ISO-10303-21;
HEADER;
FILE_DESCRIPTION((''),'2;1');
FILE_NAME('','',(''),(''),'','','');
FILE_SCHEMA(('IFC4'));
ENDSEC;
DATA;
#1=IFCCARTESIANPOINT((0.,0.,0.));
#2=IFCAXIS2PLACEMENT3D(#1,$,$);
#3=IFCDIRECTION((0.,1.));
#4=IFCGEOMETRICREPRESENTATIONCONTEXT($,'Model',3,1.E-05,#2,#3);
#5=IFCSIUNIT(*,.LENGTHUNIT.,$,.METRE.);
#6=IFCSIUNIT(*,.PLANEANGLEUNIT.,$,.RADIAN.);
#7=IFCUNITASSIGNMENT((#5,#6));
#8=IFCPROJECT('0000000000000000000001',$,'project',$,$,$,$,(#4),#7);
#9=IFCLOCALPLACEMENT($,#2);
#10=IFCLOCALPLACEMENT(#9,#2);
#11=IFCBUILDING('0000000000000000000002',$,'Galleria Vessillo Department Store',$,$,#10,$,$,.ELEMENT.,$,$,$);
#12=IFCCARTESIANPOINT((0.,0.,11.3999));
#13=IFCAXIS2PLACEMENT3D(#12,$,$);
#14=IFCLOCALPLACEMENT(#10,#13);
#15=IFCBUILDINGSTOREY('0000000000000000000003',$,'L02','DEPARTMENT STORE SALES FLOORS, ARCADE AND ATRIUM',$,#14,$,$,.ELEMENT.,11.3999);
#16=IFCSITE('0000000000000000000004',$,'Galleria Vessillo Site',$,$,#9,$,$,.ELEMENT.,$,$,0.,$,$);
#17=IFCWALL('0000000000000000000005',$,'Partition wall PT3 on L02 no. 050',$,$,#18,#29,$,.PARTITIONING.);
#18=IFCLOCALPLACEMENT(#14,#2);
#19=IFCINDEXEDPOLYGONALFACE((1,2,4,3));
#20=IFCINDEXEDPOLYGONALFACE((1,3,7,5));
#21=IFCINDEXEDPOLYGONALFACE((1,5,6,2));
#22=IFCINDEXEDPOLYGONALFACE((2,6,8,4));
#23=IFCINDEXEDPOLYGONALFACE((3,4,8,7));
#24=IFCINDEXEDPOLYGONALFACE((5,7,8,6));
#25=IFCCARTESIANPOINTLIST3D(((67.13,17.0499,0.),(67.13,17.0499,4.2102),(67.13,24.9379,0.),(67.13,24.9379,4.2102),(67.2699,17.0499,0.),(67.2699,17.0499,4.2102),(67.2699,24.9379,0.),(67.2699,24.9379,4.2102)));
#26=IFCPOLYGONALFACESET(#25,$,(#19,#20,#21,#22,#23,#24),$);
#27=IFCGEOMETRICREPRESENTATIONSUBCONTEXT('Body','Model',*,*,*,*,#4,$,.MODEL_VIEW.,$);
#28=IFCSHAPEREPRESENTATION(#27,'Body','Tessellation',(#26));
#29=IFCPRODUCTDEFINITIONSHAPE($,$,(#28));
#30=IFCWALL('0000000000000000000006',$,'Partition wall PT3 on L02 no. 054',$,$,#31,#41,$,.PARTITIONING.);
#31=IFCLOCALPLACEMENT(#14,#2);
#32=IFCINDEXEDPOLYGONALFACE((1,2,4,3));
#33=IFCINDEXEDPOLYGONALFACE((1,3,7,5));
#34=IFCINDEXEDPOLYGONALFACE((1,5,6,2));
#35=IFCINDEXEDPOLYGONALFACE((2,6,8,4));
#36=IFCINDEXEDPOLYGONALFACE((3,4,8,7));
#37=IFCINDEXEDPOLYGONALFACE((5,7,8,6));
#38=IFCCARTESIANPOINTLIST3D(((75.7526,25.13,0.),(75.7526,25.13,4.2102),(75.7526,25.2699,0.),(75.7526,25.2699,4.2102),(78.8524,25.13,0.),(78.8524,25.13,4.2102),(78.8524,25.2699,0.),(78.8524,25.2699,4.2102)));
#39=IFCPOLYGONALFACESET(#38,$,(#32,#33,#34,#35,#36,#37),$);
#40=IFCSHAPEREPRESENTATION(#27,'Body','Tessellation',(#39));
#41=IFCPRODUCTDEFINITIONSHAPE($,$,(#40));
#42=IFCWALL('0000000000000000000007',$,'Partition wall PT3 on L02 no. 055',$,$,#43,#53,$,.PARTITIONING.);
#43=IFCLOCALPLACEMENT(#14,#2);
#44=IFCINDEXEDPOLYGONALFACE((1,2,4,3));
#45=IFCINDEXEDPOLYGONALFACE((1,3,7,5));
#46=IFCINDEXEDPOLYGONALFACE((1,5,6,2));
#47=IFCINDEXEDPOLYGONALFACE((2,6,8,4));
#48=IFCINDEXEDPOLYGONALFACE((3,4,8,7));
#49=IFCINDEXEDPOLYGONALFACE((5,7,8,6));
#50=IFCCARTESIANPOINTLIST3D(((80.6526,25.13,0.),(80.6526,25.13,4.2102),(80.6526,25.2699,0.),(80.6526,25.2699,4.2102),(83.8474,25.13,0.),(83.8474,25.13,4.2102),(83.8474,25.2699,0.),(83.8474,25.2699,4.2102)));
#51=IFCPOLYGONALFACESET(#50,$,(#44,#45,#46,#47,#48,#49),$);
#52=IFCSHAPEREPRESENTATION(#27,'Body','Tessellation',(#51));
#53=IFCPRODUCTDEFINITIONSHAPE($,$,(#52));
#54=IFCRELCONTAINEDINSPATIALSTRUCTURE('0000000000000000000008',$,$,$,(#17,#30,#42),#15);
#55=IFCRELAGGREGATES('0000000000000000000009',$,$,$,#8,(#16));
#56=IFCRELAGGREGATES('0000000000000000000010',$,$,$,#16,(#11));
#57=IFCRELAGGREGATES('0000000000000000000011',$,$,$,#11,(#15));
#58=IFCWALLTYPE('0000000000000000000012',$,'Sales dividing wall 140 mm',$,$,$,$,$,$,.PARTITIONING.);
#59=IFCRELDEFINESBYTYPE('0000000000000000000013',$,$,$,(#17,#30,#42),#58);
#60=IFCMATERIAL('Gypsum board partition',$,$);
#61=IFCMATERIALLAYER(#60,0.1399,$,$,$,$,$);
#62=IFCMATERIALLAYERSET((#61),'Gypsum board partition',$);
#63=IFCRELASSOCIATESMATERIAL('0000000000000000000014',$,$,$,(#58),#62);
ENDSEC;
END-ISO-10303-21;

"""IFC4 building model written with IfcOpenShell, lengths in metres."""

from ifc_helpers import new_model, si_unit, direction, frame, frame_2d, origin, place, context, subcontext, project, spatial, rectangle, extrude, material, layer, layer_set, type_object, element, save


model = new_model("IFC4")

# Units and contexts
model_context = context("Model", 3, precision=1e-05, world=origin(), true_north=direction((0.0, 1.0)))
body_context = subcontext(model_context, "Body", "Model", "MODEL_VIEW")
ifc_project = project(units=[si_unit("LENGTHUNIT", "METRE"), si_unit("PLANEANGLEUNIT", "RADIAN")], contexts=[model_context])

# Site, building, storey
site_placement = place(None, origin())
site = spatial("IfcSite", under=ifc_project, at=site_placement, Name="Galleria Vessillo Site", CompositionType="ELEMENT", RefElevation=0.0)
building_placement = place(site_placement, origin())
building = spatial("IfcBuilding", under=site, at=building_placement, Name="Galleria Vessillo Department Store", CompositionType="ELEMENT")
storey_placement = place(building_placement, frame((0.0, 0.0, 11.3999)))
storey = spatial("IfcBuildingStorey", under=building, at=storey_placement, Name="L02", Description="DEPARTMENT STORE SALES FLOORS, ARCADE AND ATRIUM", CompositionType="ELEMENT", Elevation=11.3999)

# Walls
ifc_material_1 = material(Name="Gypsum board partition")
ifc_layer = layer(ifc_material_1, 0.1399)
ifc_layer_set = layer_set([ifc_layer], Name="Gypsum board partition")
wall_type = type_object("IfcWallType", Name="Sales dividing wall 140 mm", PredefinedType="PARTITIONING", material=ifc_layer_set)
wall_1_placement = place(storey_placement, frame((67.2, 17.05, 0.0), z_axis=(0.0, 0.0, 1.0), x_axis=(0.0, 1.0, 0.0)))
element("IfcWall", 1, at=wall_1_placement, inside=storey, type_object=wall_type, Name="Partition wall PT3 on L02 no. 050", PredefinedType="PARTITIONING", context=body_context, shape_type="SweptSolid", body=[
    extrude(rectangle(XDim=7.8879, YDim=0.1399, at=frame_2d((3.9438, 0.0))), origin(), (0.0, 0.0, 1.0), 4.2102),
])
wall_2_placement = place(storey_placement, frame((75.7527, 25.2, 0.0), z_axis=(0.0, 0.0, 1.0), x_axis=(1.0, 0.0, 0.0)))
element("IfcWall", 2, at=wall_2_placement, inside=storey, type_object=wall_type, Name="Partition wall PT3 on L02 no. 054", PredefinedType="PARTITIONING", context=body_context, shape_type="SweptSolid", body=[
    extrude(rectangle(XDim=3.0999, YDim=0.1399, at=frame_2d((1.5498, 0.0))), origin(), (0.0, 0.0, 1.0), 4.2102),
])
wall_3_placement = place(storey_placement, frame((80.6526, 25.2, 0.0), z_axis=(0.0, 0.0, 1.0), x_axis=(1.0, 0.0, 0.0)))
element("IfcWall", 3, at=wall_3_placement, inside=storey, type_object=wall_type, Name="Partition wall PT3 on L02 no. 055", PredefinedType="PARTITIONING", context=body_context, shape_type="SweptSolid", body=[
    extrude(rectangle(XDim=3.1948, YDim=0.1399, at=frame_2d((1.5974, 0.0))), origin(), (0.0, 0.0, 1.0), 4.2102),
])

save(model, "model.ifc")
